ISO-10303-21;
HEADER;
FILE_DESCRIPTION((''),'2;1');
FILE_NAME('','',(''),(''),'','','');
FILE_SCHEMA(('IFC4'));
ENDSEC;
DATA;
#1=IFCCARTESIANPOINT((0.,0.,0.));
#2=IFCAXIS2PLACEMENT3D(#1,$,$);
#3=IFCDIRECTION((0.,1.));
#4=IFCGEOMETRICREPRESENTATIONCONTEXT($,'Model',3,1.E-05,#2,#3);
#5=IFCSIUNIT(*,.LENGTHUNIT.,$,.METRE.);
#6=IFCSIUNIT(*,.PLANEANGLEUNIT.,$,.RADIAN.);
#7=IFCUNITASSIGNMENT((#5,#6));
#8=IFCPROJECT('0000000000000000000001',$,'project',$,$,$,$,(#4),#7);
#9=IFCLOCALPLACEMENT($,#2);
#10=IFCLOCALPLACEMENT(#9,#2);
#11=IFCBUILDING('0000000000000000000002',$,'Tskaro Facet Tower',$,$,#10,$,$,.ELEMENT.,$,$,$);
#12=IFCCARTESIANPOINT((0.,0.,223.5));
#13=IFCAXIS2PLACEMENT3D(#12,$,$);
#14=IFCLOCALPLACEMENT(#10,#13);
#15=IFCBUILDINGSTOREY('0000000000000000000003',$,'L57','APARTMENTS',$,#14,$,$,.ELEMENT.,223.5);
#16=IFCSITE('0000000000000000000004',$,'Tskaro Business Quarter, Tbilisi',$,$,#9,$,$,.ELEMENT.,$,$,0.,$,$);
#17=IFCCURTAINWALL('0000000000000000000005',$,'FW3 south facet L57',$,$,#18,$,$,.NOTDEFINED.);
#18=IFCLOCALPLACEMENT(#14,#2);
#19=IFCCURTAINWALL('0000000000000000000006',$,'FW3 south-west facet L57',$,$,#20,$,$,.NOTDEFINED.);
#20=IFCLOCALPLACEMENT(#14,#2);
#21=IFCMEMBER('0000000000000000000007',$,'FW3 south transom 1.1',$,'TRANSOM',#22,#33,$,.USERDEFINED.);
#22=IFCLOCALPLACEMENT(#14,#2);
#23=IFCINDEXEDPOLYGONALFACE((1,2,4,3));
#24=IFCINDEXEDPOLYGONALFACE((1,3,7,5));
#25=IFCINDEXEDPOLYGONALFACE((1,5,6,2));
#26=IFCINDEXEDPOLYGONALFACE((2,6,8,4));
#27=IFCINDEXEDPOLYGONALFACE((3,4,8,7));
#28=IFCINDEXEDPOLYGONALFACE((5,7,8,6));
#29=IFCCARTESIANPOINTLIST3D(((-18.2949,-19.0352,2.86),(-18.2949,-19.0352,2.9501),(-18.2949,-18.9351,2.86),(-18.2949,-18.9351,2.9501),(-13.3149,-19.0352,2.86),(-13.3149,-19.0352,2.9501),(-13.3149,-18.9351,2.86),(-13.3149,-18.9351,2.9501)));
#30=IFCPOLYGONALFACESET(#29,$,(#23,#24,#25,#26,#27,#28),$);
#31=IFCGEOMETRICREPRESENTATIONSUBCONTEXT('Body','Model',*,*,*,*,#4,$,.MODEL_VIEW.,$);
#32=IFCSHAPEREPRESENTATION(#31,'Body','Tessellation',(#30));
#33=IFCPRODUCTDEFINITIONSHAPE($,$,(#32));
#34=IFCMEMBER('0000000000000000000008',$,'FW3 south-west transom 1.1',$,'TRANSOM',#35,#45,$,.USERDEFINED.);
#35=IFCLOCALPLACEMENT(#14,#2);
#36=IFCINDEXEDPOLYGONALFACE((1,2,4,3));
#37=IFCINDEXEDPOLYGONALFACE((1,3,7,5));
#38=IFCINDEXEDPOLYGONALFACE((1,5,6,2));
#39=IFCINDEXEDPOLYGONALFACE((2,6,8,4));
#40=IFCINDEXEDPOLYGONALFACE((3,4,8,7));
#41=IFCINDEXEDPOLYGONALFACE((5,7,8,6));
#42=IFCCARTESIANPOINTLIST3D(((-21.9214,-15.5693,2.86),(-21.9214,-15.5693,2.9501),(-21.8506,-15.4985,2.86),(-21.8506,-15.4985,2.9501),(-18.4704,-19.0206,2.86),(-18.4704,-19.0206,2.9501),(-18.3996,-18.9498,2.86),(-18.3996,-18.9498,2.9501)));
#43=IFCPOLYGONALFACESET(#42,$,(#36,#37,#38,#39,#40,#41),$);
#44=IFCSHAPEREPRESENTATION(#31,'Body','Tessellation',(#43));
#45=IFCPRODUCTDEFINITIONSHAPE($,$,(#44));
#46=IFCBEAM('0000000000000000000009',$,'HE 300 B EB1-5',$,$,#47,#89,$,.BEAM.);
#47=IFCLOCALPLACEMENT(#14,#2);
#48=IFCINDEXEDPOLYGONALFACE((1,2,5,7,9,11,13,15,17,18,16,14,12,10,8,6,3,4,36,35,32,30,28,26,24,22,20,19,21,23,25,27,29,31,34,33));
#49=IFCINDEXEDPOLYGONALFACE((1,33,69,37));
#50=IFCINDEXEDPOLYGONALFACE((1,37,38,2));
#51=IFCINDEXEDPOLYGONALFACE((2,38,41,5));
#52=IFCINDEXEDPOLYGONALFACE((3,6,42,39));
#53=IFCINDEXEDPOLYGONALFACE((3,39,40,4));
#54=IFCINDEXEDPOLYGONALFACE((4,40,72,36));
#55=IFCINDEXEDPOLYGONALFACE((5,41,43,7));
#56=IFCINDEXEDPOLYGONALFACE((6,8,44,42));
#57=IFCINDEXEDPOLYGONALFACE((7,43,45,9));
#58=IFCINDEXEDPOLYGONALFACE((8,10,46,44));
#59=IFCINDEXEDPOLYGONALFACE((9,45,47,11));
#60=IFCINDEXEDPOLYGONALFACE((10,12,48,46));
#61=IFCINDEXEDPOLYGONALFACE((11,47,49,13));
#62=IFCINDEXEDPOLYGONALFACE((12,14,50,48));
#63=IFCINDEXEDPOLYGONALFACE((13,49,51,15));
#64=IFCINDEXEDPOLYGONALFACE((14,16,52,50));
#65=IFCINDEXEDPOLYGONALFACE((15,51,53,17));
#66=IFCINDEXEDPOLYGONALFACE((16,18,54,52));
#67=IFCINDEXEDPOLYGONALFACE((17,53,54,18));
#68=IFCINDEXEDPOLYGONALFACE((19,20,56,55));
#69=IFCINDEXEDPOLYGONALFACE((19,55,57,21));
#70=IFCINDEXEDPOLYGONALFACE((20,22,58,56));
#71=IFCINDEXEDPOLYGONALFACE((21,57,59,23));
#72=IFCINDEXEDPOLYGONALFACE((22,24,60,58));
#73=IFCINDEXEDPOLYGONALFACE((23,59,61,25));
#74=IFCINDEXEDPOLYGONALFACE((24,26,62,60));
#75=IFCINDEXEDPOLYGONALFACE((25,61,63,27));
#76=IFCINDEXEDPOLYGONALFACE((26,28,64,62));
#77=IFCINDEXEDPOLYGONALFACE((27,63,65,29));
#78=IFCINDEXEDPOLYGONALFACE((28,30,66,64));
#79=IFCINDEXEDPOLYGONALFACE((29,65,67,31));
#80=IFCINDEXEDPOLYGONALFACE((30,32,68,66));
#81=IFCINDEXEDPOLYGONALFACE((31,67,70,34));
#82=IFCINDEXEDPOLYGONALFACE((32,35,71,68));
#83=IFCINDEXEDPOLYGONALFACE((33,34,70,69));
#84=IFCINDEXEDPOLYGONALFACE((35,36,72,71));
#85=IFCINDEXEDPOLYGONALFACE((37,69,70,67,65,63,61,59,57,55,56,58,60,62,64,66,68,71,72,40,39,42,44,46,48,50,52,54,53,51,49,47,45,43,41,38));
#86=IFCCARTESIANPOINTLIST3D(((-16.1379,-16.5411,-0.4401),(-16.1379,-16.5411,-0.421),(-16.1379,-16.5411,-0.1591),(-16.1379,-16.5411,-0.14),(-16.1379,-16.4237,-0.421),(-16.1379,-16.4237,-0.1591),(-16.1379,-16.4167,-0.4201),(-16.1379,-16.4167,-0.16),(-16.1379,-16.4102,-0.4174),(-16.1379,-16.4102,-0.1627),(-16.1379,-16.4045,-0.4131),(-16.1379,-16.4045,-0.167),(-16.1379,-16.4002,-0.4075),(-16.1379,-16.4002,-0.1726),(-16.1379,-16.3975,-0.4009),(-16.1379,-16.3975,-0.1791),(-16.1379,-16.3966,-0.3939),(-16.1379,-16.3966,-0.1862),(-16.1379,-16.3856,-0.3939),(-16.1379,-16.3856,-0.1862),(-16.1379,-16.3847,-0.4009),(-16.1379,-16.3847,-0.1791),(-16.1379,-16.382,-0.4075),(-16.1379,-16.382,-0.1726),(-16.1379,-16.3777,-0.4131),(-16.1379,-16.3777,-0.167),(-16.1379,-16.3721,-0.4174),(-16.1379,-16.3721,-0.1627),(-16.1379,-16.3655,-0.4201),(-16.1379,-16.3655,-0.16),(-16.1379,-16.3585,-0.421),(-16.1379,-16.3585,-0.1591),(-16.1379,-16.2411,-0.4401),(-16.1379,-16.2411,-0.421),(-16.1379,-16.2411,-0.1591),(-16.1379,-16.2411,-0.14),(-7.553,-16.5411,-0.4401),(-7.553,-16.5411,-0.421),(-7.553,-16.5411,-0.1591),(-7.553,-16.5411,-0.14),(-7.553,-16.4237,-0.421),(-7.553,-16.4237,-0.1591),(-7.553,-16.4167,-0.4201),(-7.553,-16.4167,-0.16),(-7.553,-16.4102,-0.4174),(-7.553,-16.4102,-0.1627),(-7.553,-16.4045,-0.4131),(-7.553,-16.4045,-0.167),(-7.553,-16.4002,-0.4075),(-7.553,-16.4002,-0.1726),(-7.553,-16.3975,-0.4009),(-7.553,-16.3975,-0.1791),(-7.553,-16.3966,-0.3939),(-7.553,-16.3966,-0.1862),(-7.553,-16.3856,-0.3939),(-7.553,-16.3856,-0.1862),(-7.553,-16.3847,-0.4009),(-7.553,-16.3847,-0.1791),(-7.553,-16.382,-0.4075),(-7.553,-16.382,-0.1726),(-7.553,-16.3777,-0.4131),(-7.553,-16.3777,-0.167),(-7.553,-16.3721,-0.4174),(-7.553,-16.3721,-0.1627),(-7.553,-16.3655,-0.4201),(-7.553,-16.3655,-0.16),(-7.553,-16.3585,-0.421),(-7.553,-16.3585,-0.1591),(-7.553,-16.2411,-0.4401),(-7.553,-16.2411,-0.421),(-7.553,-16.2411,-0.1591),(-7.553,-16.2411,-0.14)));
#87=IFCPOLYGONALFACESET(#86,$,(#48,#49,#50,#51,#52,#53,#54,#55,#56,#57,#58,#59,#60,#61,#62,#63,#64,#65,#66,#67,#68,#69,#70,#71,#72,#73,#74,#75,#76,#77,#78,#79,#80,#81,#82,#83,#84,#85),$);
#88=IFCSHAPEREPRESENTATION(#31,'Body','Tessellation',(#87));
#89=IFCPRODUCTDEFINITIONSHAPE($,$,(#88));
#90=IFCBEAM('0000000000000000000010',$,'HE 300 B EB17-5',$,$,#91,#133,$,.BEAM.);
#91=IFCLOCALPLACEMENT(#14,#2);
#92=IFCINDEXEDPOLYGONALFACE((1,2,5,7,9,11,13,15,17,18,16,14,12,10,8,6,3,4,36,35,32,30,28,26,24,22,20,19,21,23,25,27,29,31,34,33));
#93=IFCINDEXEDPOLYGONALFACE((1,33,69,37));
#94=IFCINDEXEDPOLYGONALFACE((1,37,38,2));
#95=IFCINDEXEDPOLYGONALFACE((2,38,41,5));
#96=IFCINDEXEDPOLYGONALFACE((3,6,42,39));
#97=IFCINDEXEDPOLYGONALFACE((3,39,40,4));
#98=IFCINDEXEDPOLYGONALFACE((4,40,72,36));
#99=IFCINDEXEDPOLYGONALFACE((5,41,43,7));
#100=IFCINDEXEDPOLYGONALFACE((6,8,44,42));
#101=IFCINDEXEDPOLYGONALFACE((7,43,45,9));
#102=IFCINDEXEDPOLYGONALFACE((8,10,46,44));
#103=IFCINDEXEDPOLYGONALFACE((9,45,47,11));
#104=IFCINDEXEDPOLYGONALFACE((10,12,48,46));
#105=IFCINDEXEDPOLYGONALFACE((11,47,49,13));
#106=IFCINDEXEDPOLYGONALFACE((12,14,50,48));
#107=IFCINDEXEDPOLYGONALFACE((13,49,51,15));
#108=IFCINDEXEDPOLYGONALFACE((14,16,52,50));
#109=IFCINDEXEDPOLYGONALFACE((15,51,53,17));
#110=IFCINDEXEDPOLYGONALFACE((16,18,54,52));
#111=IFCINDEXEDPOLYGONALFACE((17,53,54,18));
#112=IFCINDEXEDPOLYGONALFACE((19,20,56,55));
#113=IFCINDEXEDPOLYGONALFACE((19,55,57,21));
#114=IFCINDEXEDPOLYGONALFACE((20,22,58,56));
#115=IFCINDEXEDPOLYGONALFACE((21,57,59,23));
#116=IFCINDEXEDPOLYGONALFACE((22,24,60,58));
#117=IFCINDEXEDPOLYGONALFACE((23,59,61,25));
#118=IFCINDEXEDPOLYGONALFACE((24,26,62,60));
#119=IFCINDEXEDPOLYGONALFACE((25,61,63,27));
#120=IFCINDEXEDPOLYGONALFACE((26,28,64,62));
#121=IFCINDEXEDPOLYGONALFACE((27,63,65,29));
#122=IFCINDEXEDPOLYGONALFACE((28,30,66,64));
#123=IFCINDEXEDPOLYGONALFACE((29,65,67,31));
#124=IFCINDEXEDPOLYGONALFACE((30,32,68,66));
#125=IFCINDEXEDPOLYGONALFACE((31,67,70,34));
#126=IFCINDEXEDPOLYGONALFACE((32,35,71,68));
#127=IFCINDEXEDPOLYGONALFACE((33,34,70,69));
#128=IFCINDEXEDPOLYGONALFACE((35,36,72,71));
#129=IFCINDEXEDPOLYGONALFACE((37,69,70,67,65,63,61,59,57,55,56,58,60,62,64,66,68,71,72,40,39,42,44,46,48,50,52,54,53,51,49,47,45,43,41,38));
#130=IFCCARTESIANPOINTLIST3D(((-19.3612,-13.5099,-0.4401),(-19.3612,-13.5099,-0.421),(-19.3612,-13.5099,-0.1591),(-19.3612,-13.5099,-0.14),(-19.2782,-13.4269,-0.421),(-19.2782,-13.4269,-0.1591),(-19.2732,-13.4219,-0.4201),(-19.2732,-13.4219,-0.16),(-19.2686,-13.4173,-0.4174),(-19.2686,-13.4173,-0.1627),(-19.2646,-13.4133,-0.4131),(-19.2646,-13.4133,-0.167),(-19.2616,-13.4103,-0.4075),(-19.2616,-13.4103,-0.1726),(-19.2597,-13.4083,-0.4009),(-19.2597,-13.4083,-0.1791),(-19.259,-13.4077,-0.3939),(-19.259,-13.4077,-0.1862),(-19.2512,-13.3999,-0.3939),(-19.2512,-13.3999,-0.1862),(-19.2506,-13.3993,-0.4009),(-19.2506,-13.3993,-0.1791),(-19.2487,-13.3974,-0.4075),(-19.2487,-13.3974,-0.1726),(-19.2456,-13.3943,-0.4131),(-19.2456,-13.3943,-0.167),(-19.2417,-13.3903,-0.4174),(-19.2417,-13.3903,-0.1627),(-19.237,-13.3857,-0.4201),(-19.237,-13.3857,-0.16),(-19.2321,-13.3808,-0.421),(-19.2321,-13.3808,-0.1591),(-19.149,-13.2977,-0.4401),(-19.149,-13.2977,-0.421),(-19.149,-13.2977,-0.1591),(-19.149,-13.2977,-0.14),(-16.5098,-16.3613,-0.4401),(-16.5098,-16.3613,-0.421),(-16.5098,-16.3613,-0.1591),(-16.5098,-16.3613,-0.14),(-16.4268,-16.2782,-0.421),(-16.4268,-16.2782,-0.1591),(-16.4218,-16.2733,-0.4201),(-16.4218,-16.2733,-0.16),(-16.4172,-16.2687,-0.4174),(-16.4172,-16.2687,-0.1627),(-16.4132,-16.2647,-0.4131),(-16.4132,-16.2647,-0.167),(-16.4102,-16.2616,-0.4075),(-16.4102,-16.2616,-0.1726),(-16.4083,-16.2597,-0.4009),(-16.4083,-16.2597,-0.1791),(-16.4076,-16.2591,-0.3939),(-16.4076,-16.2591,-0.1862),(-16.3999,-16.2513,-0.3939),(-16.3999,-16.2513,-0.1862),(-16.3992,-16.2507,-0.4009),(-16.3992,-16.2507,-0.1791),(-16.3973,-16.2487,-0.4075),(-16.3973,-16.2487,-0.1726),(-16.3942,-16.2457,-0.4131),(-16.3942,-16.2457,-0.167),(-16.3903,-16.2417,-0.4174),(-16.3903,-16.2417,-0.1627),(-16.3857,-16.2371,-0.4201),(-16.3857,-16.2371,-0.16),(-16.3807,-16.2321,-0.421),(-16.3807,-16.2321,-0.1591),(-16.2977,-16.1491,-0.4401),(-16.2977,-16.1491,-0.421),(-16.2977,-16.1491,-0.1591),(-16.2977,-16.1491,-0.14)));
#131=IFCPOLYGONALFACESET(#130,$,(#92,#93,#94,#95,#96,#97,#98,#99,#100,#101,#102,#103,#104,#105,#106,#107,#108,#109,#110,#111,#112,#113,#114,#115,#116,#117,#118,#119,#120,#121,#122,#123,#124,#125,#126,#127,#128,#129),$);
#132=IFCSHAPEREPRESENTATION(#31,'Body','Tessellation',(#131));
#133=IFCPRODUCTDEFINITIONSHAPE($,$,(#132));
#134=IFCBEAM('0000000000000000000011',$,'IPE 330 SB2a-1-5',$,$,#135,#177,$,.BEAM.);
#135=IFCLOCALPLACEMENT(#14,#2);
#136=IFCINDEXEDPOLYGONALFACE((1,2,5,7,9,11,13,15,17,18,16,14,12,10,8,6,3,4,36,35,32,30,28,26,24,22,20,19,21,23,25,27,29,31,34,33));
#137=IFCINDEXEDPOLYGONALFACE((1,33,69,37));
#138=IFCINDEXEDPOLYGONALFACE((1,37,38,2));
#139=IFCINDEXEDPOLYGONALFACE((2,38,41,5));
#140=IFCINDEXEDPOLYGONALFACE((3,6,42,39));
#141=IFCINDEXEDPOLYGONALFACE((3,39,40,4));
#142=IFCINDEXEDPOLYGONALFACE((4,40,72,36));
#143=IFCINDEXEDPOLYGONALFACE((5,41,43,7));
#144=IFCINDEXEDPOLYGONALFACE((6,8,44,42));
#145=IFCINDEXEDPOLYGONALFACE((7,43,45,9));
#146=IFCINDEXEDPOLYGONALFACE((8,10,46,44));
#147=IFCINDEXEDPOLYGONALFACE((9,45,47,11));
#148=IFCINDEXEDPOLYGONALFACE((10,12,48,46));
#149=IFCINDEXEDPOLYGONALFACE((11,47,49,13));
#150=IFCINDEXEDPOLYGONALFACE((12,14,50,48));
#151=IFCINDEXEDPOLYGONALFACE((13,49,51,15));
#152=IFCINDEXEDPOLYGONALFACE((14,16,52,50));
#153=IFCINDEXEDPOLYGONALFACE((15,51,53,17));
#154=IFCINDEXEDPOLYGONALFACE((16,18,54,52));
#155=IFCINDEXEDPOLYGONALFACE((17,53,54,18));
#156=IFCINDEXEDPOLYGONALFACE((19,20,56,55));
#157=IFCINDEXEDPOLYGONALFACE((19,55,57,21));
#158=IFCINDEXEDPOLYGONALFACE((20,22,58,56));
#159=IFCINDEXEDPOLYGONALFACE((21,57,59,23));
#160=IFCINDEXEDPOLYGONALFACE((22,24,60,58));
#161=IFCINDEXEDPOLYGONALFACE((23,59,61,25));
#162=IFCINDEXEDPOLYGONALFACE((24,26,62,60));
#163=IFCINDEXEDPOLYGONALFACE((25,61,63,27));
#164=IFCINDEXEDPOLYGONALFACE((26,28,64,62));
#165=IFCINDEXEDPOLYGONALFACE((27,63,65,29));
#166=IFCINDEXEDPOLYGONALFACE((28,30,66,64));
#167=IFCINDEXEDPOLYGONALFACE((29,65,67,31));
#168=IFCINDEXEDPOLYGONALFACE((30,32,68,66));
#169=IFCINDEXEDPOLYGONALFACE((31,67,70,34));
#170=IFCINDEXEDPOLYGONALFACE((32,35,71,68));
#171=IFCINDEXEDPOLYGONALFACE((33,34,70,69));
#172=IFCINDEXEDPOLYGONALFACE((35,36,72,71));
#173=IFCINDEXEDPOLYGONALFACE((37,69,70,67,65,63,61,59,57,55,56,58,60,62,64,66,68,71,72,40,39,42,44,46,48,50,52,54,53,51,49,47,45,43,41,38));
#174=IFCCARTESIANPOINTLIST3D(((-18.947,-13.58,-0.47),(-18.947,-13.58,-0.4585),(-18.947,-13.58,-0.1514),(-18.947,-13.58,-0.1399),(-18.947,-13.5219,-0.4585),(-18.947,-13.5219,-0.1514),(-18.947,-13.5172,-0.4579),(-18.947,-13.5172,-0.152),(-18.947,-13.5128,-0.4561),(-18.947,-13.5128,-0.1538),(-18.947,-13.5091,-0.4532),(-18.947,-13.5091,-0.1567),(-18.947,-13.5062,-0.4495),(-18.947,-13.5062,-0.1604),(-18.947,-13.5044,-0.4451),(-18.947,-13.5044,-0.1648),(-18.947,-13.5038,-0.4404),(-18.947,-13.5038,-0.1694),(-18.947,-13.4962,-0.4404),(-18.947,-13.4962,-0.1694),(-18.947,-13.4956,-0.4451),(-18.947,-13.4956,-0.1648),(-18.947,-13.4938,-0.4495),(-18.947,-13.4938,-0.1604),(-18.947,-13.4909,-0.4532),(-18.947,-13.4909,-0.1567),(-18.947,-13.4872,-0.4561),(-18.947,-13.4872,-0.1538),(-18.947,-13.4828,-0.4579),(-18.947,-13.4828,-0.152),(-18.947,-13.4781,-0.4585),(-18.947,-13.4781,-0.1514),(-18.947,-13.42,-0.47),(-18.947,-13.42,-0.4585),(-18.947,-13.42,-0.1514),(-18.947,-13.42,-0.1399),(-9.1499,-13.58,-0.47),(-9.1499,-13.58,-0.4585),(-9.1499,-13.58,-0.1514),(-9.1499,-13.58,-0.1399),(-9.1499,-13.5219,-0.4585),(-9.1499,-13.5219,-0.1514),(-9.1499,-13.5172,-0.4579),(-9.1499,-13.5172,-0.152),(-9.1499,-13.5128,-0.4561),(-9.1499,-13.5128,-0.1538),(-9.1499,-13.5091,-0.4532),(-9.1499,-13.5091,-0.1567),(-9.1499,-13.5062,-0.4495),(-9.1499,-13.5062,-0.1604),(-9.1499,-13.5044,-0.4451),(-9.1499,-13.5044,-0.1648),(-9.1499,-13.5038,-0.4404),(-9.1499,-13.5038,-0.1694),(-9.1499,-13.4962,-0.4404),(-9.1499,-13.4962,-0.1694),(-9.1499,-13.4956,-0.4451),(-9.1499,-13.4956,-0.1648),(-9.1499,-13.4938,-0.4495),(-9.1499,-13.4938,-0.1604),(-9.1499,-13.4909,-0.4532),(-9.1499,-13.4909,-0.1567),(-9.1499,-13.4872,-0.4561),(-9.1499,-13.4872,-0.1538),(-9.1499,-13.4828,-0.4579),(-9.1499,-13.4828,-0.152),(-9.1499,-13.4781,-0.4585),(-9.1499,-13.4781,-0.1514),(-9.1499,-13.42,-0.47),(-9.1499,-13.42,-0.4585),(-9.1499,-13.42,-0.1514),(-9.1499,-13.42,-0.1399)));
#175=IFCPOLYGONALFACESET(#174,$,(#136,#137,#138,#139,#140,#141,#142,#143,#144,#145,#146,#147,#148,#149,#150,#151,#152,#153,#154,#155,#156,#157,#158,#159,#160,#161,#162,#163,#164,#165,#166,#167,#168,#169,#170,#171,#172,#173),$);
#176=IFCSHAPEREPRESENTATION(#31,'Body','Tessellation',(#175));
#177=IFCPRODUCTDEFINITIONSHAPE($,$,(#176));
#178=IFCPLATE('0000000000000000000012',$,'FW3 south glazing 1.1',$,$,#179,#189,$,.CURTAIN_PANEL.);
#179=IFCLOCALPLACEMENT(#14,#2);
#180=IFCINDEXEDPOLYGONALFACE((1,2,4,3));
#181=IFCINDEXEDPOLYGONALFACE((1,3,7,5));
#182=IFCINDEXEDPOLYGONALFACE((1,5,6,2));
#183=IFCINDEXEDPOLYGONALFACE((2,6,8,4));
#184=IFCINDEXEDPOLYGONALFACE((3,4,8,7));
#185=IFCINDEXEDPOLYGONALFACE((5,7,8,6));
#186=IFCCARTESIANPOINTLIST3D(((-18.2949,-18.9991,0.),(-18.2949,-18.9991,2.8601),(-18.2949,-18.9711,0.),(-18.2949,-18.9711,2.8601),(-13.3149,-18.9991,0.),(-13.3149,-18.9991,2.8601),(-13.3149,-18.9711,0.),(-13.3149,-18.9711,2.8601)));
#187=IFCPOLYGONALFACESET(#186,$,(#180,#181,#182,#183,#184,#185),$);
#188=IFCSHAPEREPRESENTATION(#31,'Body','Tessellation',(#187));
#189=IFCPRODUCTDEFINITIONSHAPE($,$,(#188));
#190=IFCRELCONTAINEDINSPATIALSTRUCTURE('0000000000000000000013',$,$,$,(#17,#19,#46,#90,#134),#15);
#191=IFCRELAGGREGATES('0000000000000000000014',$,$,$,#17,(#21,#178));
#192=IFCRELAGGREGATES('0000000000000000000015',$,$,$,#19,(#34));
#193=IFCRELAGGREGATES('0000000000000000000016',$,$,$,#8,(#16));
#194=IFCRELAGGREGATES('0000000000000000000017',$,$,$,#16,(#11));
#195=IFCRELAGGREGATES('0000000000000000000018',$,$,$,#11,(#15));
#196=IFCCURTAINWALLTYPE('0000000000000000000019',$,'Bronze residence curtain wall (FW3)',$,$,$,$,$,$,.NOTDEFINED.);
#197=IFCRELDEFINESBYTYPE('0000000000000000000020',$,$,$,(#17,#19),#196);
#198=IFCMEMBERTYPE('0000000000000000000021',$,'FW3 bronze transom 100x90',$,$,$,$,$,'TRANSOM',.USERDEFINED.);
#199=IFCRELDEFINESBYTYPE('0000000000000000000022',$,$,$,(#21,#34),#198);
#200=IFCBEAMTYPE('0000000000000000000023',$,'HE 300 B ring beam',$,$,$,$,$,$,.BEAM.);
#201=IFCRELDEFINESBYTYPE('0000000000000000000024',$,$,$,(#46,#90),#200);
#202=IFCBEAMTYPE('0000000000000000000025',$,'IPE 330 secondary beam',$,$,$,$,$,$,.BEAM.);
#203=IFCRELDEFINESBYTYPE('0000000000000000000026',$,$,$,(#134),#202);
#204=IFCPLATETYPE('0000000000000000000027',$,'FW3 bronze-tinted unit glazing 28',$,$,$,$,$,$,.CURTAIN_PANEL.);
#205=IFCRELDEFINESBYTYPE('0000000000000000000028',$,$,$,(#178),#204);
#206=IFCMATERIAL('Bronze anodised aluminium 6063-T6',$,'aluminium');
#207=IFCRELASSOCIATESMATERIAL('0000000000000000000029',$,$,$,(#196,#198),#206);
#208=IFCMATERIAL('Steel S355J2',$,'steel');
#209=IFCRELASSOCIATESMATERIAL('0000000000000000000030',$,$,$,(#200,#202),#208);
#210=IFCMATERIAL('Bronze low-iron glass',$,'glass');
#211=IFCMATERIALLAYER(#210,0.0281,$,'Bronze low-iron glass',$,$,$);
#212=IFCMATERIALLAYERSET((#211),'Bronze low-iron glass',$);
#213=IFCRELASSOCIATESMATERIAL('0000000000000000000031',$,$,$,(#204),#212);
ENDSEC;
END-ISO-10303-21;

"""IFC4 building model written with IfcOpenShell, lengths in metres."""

from ifc_helpers import new_model, si_unit, direction, frame, origin, origin_2d, place, context, subcontext, project, spatial, rectangle, i_section, extrude, material, layer, layer_set, material_profile, profile_set, type_object, element, aggregate, save


model = new_model("IFC4")

# Units and contexts
model_context = context("Model", 3, precision=1e-05, world=origin(), true_north=direction((0.0, 1.0)))
body_context = subcontext(model_context, "Body", "Model", "MODEL_VIEW")
ifc_project = project(units=[si_unit("LENGTHUNIT", "METRE"), si_unit("PLANEANGLEUNIT", "RADIAN")], contexts=[model_context])

# Site, building, storey
site_placement = place(None, origin())
site = spatial("IfcSite", under=ifc_project, at=site_placement, Name="Tskaro Business Quarter, Tbilisi", CompositionType="ELEMENT", RefElevation=0.0)
building_placement = place(site_placement, origin())
building = spatial("IfcBuilding", under=site, at=building_placement, Name="Tskaro Facet Tower", CompositionType="ELEMENT")
storey_placement = place(building_placement, frame((0.0, 0.0, 223.5)))
storey = spatial("IfcBuildingStorey", under=building, at=storey_placement, Name="L57", Description="APARTMENTS", CompositionType="ELEMENT", Elevation=223.5)

# Shared definitions
ifc_material_1 = material(Name="Steel S355J2", Category="steel")

# Curtain walls
ifc_material_2 = material(Name="Bronze anodised aluminium 6063-T6", Category="aluminium")
curtain_wall_type = type_object("IfcCurtainWallType", Name="Bronze residence curtain wall (FW3)", PredefinedType="NOTDEFINED", material=ifc_material_2)
curtain_wall_1_placement = place(storey_placement, origin())
curtain_wall_1 = element("IfcCurtainWall", 1, at=curtain_wall_1_placement, inside=storey, type_object=curtain_wall_type, Name="FW3 south facet L57", PredefinedType="NOTDEFINED")
curtain_wall_2_placement = place(storey_placement, origin())
curtain_wall_2 = element("IfcCurtainWall", 2, at=curtain_wall_2_placement, inside=storey, type_object=curtain_wall_type, Name="FW3 south-west facet L57", PredefinedType="NOTDEFINED")

# Members
ifc_material_profile_1 = material_profile(ifc_material_2, rectangle(XDim=0.1001, YDim=0.0901, at=origin_2d()), Name="Transom 100x90")
ifc_profile_set_1 = profile_set([ifc_material_profile_1], Name="Bronze anodised aluminium 6063-T6")
member_type_1 = type_object("IfcMemberType", Name="FW3 bronze transom 100x90", ElementType="TRANSOM", PredefinedType="USERDEFINED", material=ifc_profile_set_1)
member_1_placement = place(storey_placement, frame((-18.2949, -18.9851, 2.905), z_axis=(1.0, 0.0, 0.0), x_axis=(0.0, 1.0, 0.0)))
member_1 = element("IfcMember", 3, at=member_1_placement, type_object=member_type_1, Name="FW3 south transom 1.1", ObjectType="TRANSOM", PredefinedType="USERDEFINED", context=body_context, shape_type="SweptSolid", body=[
    extrude(rectangle(XDim=0.1001, YDim=0.0901, at=origin_2d()), origin(), (0.0, 0.0, 1.0), 4.98),
])
member_2_placement = place(storey_placement, frame((-21.886, -15.5339, 2.905), z_axis=(0.707082, -0.707132, 0.0), x_axis=(0.707132, 0.707082, 0.0)))
member_2 = element("IfcMember", 4, at=member_2_placement, type_object=member_type_1, Name="FW3 south-west transom 1.1", ObjectType="TRANSOM", PredefinedType="USERDEFINED", context=body_context, shape_type="SweptSolid", body=[
    extrude(rectangle(XDim=0.1001, YDim=0.0901, at=origin_2d()), origin(), (0.0, 0.0, 1.0), 4.8806),
])

# Beams
ifc_material_profile_2 = material_profile(ifc_material_1, i_section(OverallWidth=0.3, OverallDepth=0.3, WebThickness=0.011, FlangeThickness=0.019, FilletRadius=0.0271, at=origin_2d()), Name="HE 300 B")
ifc_profile_set_2 = profile_set([ifc_material_profile_2], Name="Steel S355J2")
beam_type_1 = type_object("IfcBeamType", Name="HE 300 B ring beam", PredefinedType="BEAM", material=ifc_profile_set_2)
beam_1_placement = place(storey_placement, frame((-16.1379, -16.3911, -0.29), z_axis=(1.0, 0.0, 0.0), x_axis=(0.0, 1.0, 0.0)))
element("IfcBeam", 5, at=beam_1_placement, inside=storey, type_object=beam_type_1, Name="HE 300 B EB1-5", PredefinedType="BEAM", context=body_context, shape_type="SweptSolid", body=[
    extrude(i_section(OverallWidth=0.3, OverallDepth=0.3, WebThickness=0.011, FlangeThickness=0.019, FilletRadius=0.0271, at=origin_2d()), origin(), (0.0, 0.0, 1.0), 8.585),
])
beam_2_placement = place(storey_placement, frame((-19.2551, -13.4038, -0.29), z_axis=(0.707107, -0.707107, 0.0), x_axis=(0.707107, 0.707107, 0.0)))
element("IfcBeam", 6, at=beam_2_placement, inside=storey, type_object=beam_type_1, Name="HE 300 B EB17-5", PredefinedType="BEAM", context=body_context, shape_type="SweptSolid", body=[
    extrude(i_section(OverallWidth=0.3, OverallDepth=0.3, WebThickness=0.011, FlangeThickness=0.019, FilletRadius=0.0271, at=origin_2d()), origin(), (0.0, 0.0, 1.0), 4.0325),
])
ifc_material_profile_3 = material_profile(ifc_material_1, i_section(OverallWidth=0.1599, OverallDepth=0.3301, WebThickness=0.0076, FlangeThickness=0.0115, FilletRadius=0.0181, at=origin_2d()), Name="IPE 330")
ifc_profile_set_3 = profile_set([ifc_material_profile_3], Name="Steel S355J2")
beam_type_2 = type_object("IfcBeamType", Name="IPE 330 secondary beam", PredefinedType="BEAM", material=ifc_profile_set_3)
beam_3_placement = place(storey_placement, frame((-18.947, -13.5, -0.3049), z_axis=(1.0, 0.0, 0.0), x_axis=(0.0, 1.0, 0.0)))
element("IfcBeam", 7, at=beam_3_placement, inside=storey, type_object=beam_type_2, Name="IPE 330 SB2a-1-5", PredefinedType="BEAM", context=body_context, shape_type="SweptSolid", body=[
    extrude(i_section(OverallWidth=0.1599, OverallDepth=0.3301, WebThickness=0.0076, FlangeThickness=0.0115, FilletRadius=0.0181, at=origin_2d()), origin(), (0.0, 0.0, 1.0), 9.7971),
])

# Plate
ifc_material_3 = material(Name="Bronze low-iron glass", Category="glass")
ifc_layer_1 = layer(ifc_material_3, 0.0281, Name="Bronze low-iron glass")
ifc_layer_set_1 = layer_set([ifc_layer_1], Name="Bronze low-iron glass")
plate_type = type_object("IfcPlateType", Name="FW3 bronze-tinted unit glazing 28", PredefinedType="CURTAIN_PANEL", material=ifc_layer_set_1)
plate_1_placement = place(storey_placement, frame((-15.8049, -18.9851, 0.0), z_axis=(0.0, 0.0, 1.0), x_axis=(1.0, 0.0, 0.0)))
plate_1 = element("IfcPlate", 8, at=plate_1_placement, type_object=plate_type, Name="FW3 south glazing 1.1", PredefinedType="CURTAIN_PANEL", context=body_context, shape_type="SweptSolid", body=[
    extrude(rectangle(XDim=4.98, YDim=0.0281, at=origin_2d()), origin(), (0.0, 0.0, 1.0), 2.8601),
])
aggregate(curtain_wall_1, [member_1, plate_1])

aggregate(curtain_wall_2, [member_2])

save(model, "model.ifc")
